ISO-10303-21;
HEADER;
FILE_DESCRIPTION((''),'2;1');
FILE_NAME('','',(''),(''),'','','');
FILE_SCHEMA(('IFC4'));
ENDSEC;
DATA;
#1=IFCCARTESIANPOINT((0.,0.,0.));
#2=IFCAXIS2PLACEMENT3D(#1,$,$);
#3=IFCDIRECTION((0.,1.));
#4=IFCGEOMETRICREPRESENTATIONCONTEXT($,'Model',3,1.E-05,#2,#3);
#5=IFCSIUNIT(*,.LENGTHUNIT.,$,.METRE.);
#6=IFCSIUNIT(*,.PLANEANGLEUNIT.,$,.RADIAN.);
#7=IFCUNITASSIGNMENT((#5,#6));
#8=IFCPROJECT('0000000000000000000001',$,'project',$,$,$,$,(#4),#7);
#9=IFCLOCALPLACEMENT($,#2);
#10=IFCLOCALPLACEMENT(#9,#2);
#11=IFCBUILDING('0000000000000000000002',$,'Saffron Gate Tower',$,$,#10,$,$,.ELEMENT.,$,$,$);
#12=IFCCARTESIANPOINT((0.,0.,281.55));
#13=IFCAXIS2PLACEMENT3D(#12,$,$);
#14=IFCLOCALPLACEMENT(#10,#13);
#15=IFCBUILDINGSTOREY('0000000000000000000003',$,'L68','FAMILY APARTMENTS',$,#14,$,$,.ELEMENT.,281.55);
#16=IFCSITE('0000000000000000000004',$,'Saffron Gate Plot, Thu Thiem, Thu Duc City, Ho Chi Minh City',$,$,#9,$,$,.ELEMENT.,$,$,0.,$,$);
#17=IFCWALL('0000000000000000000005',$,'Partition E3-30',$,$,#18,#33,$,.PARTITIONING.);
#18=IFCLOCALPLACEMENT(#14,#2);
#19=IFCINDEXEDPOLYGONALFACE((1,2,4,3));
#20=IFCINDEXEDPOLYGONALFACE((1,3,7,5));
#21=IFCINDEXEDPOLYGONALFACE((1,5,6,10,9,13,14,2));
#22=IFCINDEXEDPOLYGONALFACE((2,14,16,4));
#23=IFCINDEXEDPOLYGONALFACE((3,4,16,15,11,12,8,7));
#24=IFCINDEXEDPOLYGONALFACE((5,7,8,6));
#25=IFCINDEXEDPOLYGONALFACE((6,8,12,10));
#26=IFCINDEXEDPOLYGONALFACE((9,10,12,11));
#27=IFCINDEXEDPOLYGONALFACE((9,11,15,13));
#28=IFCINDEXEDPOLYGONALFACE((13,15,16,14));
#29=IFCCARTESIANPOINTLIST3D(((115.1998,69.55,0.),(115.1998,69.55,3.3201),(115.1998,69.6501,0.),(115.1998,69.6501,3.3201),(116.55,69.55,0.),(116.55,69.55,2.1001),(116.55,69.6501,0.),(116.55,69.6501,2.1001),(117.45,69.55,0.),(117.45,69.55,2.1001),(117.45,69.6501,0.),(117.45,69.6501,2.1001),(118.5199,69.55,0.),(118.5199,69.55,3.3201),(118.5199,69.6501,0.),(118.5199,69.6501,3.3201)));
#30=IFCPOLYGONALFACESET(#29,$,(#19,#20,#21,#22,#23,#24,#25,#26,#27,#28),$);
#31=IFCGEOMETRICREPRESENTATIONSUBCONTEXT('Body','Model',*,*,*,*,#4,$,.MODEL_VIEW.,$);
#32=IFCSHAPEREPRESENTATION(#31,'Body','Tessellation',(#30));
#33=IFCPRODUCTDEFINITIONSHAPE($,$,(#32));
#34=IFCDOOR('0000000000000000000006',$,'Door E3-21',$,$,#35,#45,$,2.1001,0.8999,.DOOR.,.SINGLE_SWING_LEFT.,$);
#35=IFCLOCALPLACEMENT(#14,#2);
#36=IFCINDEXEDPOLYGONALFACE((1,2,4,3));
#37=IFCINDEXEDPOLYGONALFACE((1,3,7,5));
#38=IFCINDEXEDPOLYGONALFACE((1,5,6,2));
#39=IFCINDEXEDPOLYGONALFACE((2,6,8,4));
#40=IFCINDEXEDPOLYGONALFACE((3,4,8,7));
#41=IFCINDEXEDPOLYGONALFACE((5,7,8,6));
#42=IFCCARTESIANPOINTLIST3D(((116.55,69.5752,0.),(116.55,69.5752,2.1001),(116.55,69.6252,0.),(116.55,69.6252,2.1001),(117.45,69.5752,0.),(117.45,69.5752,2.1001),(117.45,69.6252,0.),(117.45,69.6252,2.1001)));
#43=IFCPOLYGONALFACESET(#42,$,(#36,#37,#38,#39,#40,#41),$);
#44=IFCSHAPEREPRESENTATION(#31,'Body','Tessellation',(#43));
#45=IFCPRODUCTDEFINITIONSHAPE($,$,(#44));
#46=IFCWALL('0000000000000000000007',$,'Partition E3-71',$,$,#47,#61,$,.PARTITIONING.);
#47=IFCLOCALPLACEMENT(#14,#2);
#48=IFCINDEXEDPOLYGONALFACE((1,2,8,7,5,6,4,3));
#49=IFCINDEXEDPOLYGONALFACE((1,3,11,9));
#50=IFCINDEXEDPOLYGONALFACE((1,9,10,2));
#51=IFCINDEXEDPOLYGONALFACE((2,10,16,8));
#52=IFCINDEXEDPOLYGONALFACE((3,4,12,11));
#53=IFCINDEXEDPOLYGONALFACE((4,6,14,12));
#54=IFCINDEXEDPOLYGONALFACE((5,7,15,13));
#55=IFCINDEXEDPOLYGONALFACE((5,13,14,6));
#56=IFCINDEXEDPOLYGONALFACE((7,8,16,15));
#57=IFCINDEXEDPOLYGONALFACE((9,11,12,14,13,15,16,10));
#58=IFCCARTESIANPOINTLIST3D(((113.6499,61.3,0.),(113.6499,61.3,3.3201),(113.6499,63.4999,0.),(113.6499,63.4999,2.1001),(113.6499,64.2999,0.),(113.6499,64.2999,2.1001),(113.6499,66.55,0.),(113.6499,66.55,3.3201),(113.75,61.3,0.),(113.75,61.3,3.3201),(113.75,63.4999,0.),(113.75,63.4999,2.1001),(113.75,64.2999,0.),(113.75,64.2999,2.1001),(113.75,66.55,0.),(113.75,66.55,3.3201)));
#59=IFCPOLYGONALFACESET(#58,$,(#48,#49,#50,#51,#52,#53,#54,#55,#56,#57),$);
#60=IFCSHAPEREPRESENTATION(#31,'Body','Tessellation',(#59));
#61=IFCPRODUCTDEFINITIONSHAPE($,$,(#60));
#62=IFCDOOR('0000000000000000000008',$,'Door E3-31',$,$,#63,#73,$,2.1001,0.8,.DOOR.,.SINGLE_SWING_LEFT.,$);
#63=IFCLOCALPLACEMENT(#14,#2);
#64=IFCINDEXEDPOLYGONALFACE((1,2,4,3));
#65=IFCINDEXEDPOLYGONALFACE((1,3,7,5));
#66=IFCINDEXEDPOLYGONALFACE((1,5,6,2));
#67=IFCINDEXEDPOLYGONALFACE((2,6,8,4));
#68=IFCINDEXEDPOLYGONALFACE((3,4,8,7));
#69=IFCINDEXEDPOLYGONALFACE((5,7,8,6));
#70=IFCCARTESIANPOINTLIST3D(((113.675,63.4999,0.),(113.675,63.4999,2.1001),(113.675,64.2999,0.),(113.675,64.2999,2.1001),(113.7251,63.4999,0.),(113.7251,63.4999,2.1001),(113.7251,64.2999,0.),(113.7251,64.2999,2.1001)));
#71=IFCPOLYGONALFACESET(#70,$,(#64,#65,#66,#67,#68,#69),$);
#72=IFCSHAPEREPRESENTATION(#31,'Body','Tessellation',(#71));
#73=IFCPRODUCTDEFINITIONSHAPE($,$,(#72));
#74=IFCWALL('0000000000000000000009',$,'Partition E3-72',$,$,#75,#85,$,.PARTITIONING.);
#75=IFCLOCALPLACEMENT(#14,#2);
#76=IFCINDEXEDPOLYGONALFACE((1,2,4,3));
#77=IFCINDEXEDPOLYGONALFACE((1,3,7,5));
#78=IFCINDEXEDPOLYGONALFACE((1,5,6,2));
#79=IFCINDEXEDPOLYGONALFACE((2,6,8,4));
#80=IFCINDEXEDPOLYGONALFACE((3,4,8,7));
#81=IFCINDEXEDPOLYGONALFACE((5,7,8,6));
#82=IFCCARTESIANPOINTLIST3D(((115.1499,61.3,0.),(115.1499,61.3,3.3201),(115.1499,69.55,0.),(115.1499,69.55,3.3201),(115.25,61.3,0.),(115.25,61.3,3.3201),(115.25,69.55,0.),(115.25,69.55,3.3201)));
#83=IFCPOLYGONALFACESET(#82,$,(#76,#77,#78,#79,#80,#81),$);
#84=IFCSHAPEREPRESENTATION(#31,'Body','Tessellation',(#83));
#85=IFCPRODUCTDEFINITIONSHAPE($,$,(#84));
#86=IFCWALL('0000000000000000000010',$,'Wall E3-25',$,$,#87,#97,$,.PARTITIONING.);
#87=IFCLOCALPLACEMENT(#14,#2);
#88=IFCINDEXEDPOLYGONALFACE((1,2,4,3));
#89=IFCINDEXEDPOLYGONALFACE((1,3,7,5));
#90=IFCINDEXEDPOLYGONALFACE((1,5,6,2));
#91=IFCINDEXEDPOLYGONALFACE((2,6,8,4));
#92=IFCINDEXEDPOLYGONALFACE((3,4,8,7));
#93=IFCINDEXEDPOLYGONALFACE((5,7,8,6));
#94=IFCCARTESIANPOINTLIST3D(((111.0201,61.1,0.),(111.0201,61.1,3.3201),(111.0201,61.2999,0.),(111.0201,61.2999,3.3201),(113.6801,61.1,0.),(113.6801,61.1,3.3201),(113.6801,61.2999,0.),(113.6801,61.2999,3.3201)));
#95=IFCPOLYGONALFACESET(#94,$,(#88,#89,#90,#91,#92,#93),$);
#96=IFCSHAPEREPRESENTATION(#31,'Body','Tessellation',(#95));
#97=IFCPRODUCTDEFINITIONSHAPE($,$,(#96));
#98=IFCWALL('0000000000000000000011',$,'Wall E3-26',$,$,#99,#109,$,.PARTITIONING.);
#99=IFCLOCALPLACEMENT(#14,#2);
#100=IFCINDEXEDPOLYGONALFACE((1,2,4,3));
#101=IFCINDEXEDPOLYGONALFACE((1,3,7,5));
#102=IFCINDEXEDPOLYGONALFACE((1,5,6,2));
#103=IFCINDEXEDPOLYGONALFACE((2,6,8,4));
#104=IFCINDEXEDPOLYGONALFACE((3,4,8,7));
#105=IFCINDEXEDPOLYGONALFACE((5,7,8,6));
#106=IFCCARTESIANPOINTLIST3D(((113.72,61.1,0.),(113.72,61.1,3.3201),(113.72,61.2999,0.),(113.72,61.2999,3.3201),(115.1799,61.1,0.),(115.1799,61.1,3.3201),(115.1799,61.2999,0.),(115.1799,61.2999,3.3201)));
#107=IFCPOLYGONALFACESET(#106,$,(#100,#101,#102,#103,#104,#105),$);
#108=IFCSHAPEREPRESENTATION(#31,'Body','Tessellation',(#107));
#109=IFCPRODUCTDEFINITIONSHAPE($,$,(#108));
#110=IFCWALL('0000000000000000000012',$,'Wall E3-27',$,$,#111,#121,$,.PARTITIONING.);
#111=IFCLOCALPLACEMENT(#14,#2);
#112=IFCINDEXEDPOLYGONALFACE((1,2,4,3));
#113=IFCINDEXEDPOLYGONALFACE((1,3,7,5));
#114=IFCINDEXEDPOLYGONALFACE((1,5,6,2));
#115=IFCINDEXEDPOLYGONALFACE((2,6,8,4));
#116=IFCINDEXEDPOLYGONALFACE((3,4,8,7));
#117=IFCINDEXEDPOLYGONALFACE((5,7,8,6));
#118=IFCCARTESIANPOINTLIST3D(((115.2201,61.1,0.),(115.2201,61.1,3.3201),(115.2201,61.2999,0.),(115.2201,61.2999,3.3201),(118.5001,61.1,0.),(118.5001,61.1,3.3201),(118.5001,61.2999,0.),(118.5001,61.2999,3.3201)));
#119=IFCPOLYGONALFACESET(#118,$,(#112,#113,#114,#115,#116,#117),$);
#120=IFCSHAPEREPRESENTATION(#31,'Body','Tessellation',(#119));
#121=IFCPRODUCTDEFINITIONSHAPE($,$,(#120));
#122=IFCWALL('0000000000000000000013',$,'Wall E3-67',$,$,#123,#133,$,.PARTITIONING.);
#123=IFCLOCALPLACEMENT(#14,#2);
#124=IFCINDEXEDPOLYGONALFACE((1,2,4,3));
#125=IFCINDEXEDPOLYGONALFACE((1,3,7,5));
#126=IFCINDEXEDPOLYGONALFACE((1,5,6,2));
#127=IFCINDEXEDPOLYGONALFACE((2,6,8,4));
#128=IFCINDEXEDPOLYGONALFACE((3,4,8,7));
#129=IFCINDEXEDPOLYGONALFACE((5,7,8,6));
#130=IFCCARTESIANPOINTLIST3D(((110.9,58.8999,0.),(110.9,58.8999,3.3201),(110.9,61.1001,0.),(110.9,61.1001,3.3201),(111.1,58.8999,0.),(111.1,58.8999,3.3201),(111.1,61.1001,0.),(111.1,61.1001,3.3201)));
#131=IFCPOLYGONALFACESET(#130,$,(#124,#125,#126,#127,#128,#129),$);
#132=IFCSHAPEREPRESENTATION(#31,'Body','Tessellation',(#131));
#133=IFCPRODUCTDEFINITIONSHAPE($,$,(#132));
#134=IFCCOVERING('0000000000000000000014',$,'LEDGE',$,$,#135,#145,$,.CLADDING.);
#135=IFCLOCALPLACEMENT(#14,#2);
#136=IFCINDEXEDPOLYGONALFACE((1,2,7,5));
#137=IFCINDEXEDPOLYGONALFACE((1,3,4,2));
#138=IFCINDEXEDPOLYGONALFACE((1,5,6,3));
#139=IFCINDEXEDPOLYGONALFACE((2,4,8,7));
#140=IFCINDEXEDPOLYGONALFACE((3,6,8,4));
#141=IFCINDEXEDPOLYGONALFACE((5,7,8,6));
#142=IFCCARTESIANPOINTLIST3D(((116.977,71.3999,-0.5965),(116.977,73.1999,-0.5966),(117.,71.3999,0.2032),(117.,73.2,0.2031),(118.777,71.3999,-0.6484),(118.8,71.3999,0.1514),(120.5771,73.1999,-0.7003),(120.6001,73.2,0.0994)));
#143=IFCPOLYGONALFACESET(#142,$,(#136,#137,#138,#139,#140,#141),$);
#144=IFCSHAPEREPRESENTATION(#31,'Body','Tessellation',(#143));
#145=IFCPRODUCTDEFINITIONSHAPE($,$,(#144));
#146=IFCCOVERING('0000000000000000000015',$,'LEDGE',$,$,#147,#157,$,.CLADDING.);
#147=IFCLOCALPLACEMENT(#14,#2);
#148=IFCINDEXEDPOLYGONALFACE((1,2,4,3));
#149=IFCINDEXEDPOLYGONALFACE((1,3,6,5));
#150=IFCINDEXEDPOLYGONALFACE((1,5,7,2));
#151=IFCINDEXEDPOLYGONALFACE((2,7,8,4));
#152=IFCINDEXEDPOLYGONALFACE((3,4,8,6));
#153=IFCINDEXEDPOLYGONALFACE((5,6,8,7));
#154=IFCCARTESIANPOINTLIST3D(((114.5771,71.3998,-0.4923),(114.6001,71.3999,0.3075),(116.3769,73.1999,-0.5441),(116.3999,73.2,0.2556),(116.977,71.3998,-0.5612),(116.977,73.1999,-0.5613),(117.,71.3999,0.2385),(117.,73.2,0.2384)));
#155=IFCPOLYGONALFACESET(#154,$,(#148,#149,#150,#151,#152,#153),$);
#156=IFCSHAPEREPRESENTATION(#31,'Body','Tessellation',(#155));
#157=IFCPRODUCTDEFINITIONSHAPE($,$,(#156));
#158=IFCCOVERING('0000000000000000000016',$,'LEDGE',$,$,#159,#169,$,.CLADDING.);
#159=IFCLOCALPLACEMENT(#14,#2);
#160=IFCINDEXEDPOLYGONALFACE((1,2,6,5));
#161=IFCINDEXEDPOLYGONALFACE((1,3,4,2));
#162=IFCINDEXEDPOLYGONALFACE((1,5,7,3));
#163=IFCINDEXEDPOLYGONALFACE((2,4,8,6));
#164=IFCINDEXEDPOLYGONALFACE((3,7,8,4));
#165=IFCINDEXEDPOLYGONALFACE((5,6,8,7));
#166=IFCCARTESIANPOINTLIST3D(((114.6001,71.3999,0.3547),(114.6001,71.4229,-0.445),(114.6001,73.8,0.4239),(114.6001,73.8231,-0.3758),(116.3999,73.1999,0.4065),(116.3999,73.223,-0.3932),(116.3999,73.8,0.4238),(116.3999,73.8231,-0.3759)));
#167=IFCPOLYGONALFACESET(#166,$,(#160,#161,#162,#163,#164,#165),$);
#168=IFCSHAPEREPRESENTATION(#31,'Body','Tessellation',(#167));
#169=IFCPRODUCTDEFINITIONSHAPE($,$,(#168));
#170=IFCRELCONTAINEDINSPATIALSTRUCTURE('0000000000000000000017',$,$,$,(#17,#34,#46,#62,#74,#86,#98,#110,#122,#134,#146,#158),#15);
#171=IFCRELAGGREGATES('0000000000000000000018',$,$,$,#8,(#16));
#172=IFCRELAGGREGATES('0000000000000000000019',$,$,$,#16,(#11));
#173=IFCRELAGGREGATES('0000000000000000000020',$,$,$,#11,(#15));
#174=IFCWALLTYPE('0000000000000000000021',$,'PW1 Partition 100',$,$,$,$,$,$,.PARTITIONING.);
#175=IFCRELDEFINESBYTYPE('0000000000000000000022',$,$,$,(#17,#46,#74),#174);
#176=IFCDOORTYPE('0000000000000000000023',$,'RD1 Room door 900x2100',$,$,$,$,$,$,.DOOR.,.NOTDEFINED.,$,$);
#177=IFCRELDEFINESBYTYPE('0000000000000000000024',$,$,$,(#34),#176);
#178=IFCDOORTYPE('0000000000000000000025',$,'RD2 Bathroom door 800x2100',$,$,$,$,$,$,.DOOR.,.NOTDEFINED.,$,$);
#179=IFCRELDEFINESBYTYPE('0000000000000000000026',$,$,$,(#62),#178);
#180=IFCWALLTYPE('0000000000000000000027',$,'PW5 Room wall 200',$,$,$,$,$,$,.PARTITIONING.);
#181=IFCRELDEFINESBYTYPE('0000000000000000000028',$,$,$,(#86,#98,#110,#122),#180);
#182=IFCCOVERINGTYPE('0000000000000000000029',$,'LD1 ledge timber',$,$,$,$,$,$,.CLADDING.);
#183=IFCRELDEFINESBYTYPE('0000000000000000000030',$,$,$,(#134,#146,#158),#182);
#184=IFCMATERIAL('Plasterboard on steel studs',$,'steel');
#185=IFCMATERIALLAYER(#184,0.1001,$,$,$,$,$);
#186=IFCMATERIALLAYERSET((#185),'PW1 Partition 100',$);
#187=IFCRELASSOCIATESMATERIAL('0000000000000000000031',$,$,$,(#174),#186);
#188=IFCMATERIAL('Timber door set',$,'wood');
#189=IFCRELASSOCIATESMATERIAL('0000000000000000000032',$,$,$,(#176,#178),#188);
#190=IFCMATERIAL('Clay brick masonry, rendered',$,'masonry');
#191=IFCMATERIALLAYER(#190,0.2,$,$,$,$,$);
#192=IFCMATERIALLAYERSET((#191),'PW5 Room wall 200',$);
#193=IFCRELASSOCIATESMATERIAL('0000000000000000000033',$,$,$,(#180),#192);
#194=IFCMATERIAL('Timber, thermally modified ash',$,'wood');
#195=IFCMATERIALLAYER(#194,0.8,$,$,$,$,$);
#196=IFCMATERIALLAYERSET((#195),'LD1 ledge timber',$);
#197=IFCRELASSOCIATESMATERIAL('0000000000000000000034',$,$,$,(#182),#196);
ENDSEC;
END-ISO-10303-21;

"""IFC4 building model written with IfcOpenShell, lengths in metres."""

from ifc_helpers import new_model, si_unit, direction, frame, frame_2d, origin, place, context, subcontext, project, spatial, polyline, rectangle, outline, extrude, material, layer, layer_set, type_object, element, fill, save


model = new_model("IFC4")

# Units and contexts
model_context = context("Model", 3, precision=1e-05, world=origin(), true_north=direction((0.0, 1.0)))
body_context = subcontext(model_context, "Body", "Model", "MODEL_VIEW")
ifc_project = project(units=[si_unit("LENGTHUNIT", "METRE"), si_unit("PLANEANGLEUNIT", "RADIAN")], contexts=[model_context])

# Site, building, storey
site_placement = place(None, origin())
site = spatial("IfcSite", under=ifc_project, at=site_placement, Name="Saffron Gate Plot, Thu Thiem, Thu Duc City, Ho Chi Minh City", CompositionType="ELEMENT", RefElevation=0.0)
building_placement = place(site_placement, origin())
building = spatial("IfcBuilding", under=site, at=building_placement, Name="Saffron Gate Tower", CompositionType="ELEMENT")
storey_placement = place(building_placement, frame((0.0, 0.0, 281.55)))
storey = spatial("IfcBuildingStorey", under=building, at=storey_placement, Name="L68", Description="FAMILY APARTMENTS", CompositionType="ELEMENT", Elevation=281.55)

# Shared definitions
ifc_material_1 = material(Name="Plasterboard on steel studs", Category="steel")
ifc_layer_1 = layer(ifc_material_1, 0.1001)
ifc_layer_set_1 = layer_set([ifc_layer_1], Name="PW1 Partition 100")
wall_type_1 = type_object("IfcWallType", Name="PW1 Partition 100", PredefinedType="PARTITIONING", material=ifc_layer_set_1)

# Walls, openings, doors
wall_1_placement = place(storey_placement, frame((118.52, 69.6001, 0.0), z_axis=(0.0, 0.0, 1.0), x_axis=(-1.0, 0.0, 0.0)))
wall_1 = element("IfcWall", 1, at=wall_1_placement, inside=storey, type_object=wall_type_1, Name="Partition E3-30", PredefinedType="PARTITIONING", context=body_context, shape_type="SweptSolid", body=[
    extrude(rectangle(XDim=3.3201, YDim=0.1001, at=frame_2d((1.6602, 0.0))), origin(), (0.0, 0.0, 1.0), 3.3201),
])
opening_1_placement = place(wall_1_placement, frame((1.0701, 0.0, 0.0)))
opening_1 = element("IfcOpeningElement", 2, at=opening_1_placement, cuts=wall_1, PredefinedType="OPENING", context=body_context, shape_type="SweptSolid", body=[
    extrude(rectangle(XDim=0.8999, YDim=2.1001, at=frame_2d((0.45, 1.05))), frame((0.0, 0.0601, 0.0), z_axis=(0.0, -1.0, 0.0), x_axis=(1.0, 0.0, 0.0)), (0.0, 0.0, 1.0), 0.1201),
])
ifc_material_2 = material(Name="Timber door set", Category="wood")
door_type_1 = type_object("IfcDoorType", Name="RD1 Room door 900x2100", OperationType="NOTDEFINED", PredefinedType="DOOR", material=ifc_material_2)
door_1_placement = place(opening_1_placement, origin())
door_1 = element("IfcDoor", 3, at=door_1_placement, inside=storey, type_object=door_type_1, Name="Door E3-21", OperationType="SINGLE_SWING_LEFT", OverallHeight=2.1001, OverallWidth=0.8999, PredefinedType="DOOR", context=body_context, shape_type="SweptSolid", body=[
    extrude(rectangle(XDim=0.8999, YDim=2.1001, at=frame_2d((0.45, 1.05))), frame((0.0, 0.0249, 0.0), z_axis=(0.0, -1.0, 0.0), x_axis=(1.0, 0.0, 0.0)), (0.0, 0.0, 1.0), 0.05),
])
fill(opening_1, door_1)
wall_2_placement = place(storey_placement, frame((113.7, 61.3, 0.0), z_axis=(0.0, 0.0, 1.0), x_axis=(0.0, 1.0, 0.0)))
wall_2 = element("IfcWall", 4, at=wall_2_placement, inside=storey, type_object=wall_type_1, Name="Partition E3-71", PredefinedType="PARTITIONING", context=body_context, shape_type="SweptSolid", body=[
    extrude(rectangle(XDim=5.25, YDim=0.1001, at=frame_2d((2.625, 0.0))), origin(), (0.0, 0.0, 1.0), 3.3201),
])
opening_2_placement = place(wall_2_placement, frame((2.2, 0.0, 0.0)))
opening_2 = element("IfcOpeningElement", 5, at=opening_2_placement, cuts=wall_2, PredefinedType="OPENING", context=body_context, shape_type="SweptSolid", body=[
    extrude(rectangle(XDim=0.8, YDim=2.1001, at=frame_2d((0.3999, 1.05))), frame((0.0, 0.0601, 0.0), z_axis=(0.0, -1.0, 0.0), x_axis=(1.0, 0.0, 0.0)), (0.0, 0.0, 1.0), 0.1201),
])
door_type_2 = type_object("IfcDoorType", Name="RD2 Bathroom door 800x2100", OperationType="NOTDEFINED", PredefinedType="DOOR", material=ifc_material_2)
door_2_placement = place(opening_2_placement, origin())
door_2 = element("IfcDoor", 6, at=door_2_placement, inside=storey, type_object=door_type_2, Name="Door E3-31", OperationType="SINGLE_SWING_LEFT", OverallHeight=2.1001, OverallWidth=0.8, PredefinedType="DOOR", context=body_context, shape_type="SweptSolid", body=[
    extrude(rectangle(XDim=0.8, YDim=2.1001, at=frame_2d((0.3999, 1.05))), frame((0.0, 0.0249, 0.0), z_axis=(0.0, -1.0, 0.0), x_axis=(1.0, 0.0, 0.0)), (0.0, 0.0, 1.0), 0.05),
])
fill(opening_2, door_2)

# Walls
wall_3_placement = place(storey_placement, frame((115.2, 69.55, 0.0), z_axis=(0.0, 0.0, 1.0), x_axis=(0.0, -1.0, 0.0)))
element("IfcWall", 7, at=wall_3_placement, inside=storey, type_object=wall_type_1, Name="Partition E3-72", PredefinedType="PARTITIONING", context=body_context, shape_type="SweptSolid", body=[
    extrude(rectangle(XDim=8.25, YDim=0.1001, at=frame_2d((4.125, 0.0))), origin(), (0.0, 0.0, 1.0), 3.3201),
])
ifc_material_3 = material(Name="Clay brick masonry, rendered", Category="masonry")
ifc_layer_2 = layer(ifc_material_3, 0.2)
ifc_layer_set_2 = layer_set([ifc_layer_2], Name="PW5 Room wall 200")
wall_type_2 = type_object("IfcWallType", Name="PW5 Room wall 200", PredefinedType="PARTITIONING", material=ifc_layer_set_2)
wall_4_placement = place(storey_placement, frame((111.02, 61.2, 0.0), z_axis=(0.0, 0.0, 1.0), x_axis=(1.0, 0.0, 0.0)))
element("IfcWall", 8, at=wall_4_placement, inside=storey, type_object=wall_type_2, Name="Wall E3-25", PredefinedType="PARTITIONING", context=body_context, shape_type="SweptSolid", body=[
    extrude(rectangle(XDim=2.6599, YDim=0.2, at=frame_2d((1.3301, 0.0))), origin(), (0.0, 0.0, 1.0), 3.3201),
])
wall_5_placement = place(storey_placement, frame((113.72, 61.2, 0.0), z_axis=(0.0, 0.0, 1.0), x_axis=(1.0, 0.0, 0.0)))
element("IfcWall", 9, at=wall_5_placement, inside=storey, type_object=wall_type_2, Name="Wall E3-26", PredefinedType="PARTITIONING", context=body_context, shape_type="SweptSolid", body=[
    extrude(rectangle(XDim=1.46, YDim=0.2, at=frame_2d((0.73, 0.0))), origin(), (0.0, 0.0, 1.0), 3.3201),
])
wall_6_placement = place(storey_placement, frame((115.22, 61.2, 0.0), z_axis=(0.0, 0.0, 1.0), x_axis=(1.0, 0.0, 0.0)))
element("IfcWall", 10, at=wall_6_placement, inside=storey, type_object=wall_type_2, Name="Wall E3-27", PredefinedType="PARTITIONING", context=body_context, shape_type="SweptSolid", body=[
    extrude(rectangle(XDim=3.28, YDim=0.2, at=frame_2d((1.6401, 0.0))), origin(), (0.0, 0.0, 1.0), 3.3201),
])
wall_7_placement = place(storey_placement, frame((111.0, 61.1001, 0.0), z_axis=(0.0, 0.0, 1.0), x_axis=(0.0, -1.0, 0.0)))
element("IfcWall", 11, at=wall_7_placement, inside=storey, type_object=wall_type_2, Name="Wall E3-67", PredefinedType="PARTITIONING", context=body_context, shape_type="SweptSolid", body=[
    extrude(rectangle(XDim=2.2002, YDim=0.2, at=frame_2d((1.1001, 0.0))), origin(), (0.0, 0.0, 1.0), 3.3201),
])

# Coverings
ifc_material_4 = material(Name="Timber, thermally modified ash", Category="wood")
ifc_layer_3 = layer(ifc_material_4, 0.8)
ifc_layer_set_3 = layer_set([ifc_layer_3], Name="LD1 ledge timber")
covering_type = type_object("IfcCoveringType", Name="LD1 ledge timber", PredefinedType="CLADDING", material=ifc_layer_set_3)
covering_1_placement = place(storey_placement, frame((118.8, 71.3999, 0.1514), z_axis=(0.028787, 0.000045, 0.999586), x_axis=(-0.999586, 0.0, 0.028787)))
element("IfcCovering", 12, at=covering_1_placement, inside=storey, type_object=covering_type, Name="LEDGE", PredefinedType="CLADDING", context=body_context, shape_type="SweptSolid", body=[
    extrude(outline(polyline([(0.0, 0.0), (1.8008, 0.0), (1.8008, -1.8), (-1.8008, -1.8), (0.0, 0.0)])), origin(), (0.0, 0.0, -1.0), 0.8),
])
covering_2_placement = place(storey_placement, frame((117.0, 71.3999, 0.2385), z_axis=(0.028715, 0.000083, 0.999588), x_axis=(-0.999588, 0.0, 0.028715)))
element("IfcCovering", 13, at=covering_2_placement, inside=storey, type_object=covering_type, Name="LEDGE", PredefinedType="CLADDING", context=body_context, shape_type="SweptSolid", body=[
    extrude(outline(polyline([(0.0, 0.0), (2.4009, 0.0), (0.6003, -1.8), (0.0, -1.8), (0.0, 0.0)])), origin(), (0.0, 0.0, -1.0), 0.8),
])
covering_3_placement = place(storey_placement, frame((114.6001, 71.3999, 0.3547), z_axis=(0.000026, -0.028794, 0.999585), x_axis=(0.0, 0.999585, 0.028794)))
element("IfcCovering", 14, at=covering_3_placement, inside=storey, type_object=covering_type, Name="LEDGE", PredefinedType="CLADDING", context=body_context, shape_type="SweptSolid", body=[
    extrude(outline(polyline([(0.0, 0.0), (2.4011, 0.0), (2.4011, -1.7998), (1.8008, -1.7998), (0.0, 0.0)])), origin(), (0.0, 0.0, -1.0), 0.8),
])

save(model, "model.ifc")
